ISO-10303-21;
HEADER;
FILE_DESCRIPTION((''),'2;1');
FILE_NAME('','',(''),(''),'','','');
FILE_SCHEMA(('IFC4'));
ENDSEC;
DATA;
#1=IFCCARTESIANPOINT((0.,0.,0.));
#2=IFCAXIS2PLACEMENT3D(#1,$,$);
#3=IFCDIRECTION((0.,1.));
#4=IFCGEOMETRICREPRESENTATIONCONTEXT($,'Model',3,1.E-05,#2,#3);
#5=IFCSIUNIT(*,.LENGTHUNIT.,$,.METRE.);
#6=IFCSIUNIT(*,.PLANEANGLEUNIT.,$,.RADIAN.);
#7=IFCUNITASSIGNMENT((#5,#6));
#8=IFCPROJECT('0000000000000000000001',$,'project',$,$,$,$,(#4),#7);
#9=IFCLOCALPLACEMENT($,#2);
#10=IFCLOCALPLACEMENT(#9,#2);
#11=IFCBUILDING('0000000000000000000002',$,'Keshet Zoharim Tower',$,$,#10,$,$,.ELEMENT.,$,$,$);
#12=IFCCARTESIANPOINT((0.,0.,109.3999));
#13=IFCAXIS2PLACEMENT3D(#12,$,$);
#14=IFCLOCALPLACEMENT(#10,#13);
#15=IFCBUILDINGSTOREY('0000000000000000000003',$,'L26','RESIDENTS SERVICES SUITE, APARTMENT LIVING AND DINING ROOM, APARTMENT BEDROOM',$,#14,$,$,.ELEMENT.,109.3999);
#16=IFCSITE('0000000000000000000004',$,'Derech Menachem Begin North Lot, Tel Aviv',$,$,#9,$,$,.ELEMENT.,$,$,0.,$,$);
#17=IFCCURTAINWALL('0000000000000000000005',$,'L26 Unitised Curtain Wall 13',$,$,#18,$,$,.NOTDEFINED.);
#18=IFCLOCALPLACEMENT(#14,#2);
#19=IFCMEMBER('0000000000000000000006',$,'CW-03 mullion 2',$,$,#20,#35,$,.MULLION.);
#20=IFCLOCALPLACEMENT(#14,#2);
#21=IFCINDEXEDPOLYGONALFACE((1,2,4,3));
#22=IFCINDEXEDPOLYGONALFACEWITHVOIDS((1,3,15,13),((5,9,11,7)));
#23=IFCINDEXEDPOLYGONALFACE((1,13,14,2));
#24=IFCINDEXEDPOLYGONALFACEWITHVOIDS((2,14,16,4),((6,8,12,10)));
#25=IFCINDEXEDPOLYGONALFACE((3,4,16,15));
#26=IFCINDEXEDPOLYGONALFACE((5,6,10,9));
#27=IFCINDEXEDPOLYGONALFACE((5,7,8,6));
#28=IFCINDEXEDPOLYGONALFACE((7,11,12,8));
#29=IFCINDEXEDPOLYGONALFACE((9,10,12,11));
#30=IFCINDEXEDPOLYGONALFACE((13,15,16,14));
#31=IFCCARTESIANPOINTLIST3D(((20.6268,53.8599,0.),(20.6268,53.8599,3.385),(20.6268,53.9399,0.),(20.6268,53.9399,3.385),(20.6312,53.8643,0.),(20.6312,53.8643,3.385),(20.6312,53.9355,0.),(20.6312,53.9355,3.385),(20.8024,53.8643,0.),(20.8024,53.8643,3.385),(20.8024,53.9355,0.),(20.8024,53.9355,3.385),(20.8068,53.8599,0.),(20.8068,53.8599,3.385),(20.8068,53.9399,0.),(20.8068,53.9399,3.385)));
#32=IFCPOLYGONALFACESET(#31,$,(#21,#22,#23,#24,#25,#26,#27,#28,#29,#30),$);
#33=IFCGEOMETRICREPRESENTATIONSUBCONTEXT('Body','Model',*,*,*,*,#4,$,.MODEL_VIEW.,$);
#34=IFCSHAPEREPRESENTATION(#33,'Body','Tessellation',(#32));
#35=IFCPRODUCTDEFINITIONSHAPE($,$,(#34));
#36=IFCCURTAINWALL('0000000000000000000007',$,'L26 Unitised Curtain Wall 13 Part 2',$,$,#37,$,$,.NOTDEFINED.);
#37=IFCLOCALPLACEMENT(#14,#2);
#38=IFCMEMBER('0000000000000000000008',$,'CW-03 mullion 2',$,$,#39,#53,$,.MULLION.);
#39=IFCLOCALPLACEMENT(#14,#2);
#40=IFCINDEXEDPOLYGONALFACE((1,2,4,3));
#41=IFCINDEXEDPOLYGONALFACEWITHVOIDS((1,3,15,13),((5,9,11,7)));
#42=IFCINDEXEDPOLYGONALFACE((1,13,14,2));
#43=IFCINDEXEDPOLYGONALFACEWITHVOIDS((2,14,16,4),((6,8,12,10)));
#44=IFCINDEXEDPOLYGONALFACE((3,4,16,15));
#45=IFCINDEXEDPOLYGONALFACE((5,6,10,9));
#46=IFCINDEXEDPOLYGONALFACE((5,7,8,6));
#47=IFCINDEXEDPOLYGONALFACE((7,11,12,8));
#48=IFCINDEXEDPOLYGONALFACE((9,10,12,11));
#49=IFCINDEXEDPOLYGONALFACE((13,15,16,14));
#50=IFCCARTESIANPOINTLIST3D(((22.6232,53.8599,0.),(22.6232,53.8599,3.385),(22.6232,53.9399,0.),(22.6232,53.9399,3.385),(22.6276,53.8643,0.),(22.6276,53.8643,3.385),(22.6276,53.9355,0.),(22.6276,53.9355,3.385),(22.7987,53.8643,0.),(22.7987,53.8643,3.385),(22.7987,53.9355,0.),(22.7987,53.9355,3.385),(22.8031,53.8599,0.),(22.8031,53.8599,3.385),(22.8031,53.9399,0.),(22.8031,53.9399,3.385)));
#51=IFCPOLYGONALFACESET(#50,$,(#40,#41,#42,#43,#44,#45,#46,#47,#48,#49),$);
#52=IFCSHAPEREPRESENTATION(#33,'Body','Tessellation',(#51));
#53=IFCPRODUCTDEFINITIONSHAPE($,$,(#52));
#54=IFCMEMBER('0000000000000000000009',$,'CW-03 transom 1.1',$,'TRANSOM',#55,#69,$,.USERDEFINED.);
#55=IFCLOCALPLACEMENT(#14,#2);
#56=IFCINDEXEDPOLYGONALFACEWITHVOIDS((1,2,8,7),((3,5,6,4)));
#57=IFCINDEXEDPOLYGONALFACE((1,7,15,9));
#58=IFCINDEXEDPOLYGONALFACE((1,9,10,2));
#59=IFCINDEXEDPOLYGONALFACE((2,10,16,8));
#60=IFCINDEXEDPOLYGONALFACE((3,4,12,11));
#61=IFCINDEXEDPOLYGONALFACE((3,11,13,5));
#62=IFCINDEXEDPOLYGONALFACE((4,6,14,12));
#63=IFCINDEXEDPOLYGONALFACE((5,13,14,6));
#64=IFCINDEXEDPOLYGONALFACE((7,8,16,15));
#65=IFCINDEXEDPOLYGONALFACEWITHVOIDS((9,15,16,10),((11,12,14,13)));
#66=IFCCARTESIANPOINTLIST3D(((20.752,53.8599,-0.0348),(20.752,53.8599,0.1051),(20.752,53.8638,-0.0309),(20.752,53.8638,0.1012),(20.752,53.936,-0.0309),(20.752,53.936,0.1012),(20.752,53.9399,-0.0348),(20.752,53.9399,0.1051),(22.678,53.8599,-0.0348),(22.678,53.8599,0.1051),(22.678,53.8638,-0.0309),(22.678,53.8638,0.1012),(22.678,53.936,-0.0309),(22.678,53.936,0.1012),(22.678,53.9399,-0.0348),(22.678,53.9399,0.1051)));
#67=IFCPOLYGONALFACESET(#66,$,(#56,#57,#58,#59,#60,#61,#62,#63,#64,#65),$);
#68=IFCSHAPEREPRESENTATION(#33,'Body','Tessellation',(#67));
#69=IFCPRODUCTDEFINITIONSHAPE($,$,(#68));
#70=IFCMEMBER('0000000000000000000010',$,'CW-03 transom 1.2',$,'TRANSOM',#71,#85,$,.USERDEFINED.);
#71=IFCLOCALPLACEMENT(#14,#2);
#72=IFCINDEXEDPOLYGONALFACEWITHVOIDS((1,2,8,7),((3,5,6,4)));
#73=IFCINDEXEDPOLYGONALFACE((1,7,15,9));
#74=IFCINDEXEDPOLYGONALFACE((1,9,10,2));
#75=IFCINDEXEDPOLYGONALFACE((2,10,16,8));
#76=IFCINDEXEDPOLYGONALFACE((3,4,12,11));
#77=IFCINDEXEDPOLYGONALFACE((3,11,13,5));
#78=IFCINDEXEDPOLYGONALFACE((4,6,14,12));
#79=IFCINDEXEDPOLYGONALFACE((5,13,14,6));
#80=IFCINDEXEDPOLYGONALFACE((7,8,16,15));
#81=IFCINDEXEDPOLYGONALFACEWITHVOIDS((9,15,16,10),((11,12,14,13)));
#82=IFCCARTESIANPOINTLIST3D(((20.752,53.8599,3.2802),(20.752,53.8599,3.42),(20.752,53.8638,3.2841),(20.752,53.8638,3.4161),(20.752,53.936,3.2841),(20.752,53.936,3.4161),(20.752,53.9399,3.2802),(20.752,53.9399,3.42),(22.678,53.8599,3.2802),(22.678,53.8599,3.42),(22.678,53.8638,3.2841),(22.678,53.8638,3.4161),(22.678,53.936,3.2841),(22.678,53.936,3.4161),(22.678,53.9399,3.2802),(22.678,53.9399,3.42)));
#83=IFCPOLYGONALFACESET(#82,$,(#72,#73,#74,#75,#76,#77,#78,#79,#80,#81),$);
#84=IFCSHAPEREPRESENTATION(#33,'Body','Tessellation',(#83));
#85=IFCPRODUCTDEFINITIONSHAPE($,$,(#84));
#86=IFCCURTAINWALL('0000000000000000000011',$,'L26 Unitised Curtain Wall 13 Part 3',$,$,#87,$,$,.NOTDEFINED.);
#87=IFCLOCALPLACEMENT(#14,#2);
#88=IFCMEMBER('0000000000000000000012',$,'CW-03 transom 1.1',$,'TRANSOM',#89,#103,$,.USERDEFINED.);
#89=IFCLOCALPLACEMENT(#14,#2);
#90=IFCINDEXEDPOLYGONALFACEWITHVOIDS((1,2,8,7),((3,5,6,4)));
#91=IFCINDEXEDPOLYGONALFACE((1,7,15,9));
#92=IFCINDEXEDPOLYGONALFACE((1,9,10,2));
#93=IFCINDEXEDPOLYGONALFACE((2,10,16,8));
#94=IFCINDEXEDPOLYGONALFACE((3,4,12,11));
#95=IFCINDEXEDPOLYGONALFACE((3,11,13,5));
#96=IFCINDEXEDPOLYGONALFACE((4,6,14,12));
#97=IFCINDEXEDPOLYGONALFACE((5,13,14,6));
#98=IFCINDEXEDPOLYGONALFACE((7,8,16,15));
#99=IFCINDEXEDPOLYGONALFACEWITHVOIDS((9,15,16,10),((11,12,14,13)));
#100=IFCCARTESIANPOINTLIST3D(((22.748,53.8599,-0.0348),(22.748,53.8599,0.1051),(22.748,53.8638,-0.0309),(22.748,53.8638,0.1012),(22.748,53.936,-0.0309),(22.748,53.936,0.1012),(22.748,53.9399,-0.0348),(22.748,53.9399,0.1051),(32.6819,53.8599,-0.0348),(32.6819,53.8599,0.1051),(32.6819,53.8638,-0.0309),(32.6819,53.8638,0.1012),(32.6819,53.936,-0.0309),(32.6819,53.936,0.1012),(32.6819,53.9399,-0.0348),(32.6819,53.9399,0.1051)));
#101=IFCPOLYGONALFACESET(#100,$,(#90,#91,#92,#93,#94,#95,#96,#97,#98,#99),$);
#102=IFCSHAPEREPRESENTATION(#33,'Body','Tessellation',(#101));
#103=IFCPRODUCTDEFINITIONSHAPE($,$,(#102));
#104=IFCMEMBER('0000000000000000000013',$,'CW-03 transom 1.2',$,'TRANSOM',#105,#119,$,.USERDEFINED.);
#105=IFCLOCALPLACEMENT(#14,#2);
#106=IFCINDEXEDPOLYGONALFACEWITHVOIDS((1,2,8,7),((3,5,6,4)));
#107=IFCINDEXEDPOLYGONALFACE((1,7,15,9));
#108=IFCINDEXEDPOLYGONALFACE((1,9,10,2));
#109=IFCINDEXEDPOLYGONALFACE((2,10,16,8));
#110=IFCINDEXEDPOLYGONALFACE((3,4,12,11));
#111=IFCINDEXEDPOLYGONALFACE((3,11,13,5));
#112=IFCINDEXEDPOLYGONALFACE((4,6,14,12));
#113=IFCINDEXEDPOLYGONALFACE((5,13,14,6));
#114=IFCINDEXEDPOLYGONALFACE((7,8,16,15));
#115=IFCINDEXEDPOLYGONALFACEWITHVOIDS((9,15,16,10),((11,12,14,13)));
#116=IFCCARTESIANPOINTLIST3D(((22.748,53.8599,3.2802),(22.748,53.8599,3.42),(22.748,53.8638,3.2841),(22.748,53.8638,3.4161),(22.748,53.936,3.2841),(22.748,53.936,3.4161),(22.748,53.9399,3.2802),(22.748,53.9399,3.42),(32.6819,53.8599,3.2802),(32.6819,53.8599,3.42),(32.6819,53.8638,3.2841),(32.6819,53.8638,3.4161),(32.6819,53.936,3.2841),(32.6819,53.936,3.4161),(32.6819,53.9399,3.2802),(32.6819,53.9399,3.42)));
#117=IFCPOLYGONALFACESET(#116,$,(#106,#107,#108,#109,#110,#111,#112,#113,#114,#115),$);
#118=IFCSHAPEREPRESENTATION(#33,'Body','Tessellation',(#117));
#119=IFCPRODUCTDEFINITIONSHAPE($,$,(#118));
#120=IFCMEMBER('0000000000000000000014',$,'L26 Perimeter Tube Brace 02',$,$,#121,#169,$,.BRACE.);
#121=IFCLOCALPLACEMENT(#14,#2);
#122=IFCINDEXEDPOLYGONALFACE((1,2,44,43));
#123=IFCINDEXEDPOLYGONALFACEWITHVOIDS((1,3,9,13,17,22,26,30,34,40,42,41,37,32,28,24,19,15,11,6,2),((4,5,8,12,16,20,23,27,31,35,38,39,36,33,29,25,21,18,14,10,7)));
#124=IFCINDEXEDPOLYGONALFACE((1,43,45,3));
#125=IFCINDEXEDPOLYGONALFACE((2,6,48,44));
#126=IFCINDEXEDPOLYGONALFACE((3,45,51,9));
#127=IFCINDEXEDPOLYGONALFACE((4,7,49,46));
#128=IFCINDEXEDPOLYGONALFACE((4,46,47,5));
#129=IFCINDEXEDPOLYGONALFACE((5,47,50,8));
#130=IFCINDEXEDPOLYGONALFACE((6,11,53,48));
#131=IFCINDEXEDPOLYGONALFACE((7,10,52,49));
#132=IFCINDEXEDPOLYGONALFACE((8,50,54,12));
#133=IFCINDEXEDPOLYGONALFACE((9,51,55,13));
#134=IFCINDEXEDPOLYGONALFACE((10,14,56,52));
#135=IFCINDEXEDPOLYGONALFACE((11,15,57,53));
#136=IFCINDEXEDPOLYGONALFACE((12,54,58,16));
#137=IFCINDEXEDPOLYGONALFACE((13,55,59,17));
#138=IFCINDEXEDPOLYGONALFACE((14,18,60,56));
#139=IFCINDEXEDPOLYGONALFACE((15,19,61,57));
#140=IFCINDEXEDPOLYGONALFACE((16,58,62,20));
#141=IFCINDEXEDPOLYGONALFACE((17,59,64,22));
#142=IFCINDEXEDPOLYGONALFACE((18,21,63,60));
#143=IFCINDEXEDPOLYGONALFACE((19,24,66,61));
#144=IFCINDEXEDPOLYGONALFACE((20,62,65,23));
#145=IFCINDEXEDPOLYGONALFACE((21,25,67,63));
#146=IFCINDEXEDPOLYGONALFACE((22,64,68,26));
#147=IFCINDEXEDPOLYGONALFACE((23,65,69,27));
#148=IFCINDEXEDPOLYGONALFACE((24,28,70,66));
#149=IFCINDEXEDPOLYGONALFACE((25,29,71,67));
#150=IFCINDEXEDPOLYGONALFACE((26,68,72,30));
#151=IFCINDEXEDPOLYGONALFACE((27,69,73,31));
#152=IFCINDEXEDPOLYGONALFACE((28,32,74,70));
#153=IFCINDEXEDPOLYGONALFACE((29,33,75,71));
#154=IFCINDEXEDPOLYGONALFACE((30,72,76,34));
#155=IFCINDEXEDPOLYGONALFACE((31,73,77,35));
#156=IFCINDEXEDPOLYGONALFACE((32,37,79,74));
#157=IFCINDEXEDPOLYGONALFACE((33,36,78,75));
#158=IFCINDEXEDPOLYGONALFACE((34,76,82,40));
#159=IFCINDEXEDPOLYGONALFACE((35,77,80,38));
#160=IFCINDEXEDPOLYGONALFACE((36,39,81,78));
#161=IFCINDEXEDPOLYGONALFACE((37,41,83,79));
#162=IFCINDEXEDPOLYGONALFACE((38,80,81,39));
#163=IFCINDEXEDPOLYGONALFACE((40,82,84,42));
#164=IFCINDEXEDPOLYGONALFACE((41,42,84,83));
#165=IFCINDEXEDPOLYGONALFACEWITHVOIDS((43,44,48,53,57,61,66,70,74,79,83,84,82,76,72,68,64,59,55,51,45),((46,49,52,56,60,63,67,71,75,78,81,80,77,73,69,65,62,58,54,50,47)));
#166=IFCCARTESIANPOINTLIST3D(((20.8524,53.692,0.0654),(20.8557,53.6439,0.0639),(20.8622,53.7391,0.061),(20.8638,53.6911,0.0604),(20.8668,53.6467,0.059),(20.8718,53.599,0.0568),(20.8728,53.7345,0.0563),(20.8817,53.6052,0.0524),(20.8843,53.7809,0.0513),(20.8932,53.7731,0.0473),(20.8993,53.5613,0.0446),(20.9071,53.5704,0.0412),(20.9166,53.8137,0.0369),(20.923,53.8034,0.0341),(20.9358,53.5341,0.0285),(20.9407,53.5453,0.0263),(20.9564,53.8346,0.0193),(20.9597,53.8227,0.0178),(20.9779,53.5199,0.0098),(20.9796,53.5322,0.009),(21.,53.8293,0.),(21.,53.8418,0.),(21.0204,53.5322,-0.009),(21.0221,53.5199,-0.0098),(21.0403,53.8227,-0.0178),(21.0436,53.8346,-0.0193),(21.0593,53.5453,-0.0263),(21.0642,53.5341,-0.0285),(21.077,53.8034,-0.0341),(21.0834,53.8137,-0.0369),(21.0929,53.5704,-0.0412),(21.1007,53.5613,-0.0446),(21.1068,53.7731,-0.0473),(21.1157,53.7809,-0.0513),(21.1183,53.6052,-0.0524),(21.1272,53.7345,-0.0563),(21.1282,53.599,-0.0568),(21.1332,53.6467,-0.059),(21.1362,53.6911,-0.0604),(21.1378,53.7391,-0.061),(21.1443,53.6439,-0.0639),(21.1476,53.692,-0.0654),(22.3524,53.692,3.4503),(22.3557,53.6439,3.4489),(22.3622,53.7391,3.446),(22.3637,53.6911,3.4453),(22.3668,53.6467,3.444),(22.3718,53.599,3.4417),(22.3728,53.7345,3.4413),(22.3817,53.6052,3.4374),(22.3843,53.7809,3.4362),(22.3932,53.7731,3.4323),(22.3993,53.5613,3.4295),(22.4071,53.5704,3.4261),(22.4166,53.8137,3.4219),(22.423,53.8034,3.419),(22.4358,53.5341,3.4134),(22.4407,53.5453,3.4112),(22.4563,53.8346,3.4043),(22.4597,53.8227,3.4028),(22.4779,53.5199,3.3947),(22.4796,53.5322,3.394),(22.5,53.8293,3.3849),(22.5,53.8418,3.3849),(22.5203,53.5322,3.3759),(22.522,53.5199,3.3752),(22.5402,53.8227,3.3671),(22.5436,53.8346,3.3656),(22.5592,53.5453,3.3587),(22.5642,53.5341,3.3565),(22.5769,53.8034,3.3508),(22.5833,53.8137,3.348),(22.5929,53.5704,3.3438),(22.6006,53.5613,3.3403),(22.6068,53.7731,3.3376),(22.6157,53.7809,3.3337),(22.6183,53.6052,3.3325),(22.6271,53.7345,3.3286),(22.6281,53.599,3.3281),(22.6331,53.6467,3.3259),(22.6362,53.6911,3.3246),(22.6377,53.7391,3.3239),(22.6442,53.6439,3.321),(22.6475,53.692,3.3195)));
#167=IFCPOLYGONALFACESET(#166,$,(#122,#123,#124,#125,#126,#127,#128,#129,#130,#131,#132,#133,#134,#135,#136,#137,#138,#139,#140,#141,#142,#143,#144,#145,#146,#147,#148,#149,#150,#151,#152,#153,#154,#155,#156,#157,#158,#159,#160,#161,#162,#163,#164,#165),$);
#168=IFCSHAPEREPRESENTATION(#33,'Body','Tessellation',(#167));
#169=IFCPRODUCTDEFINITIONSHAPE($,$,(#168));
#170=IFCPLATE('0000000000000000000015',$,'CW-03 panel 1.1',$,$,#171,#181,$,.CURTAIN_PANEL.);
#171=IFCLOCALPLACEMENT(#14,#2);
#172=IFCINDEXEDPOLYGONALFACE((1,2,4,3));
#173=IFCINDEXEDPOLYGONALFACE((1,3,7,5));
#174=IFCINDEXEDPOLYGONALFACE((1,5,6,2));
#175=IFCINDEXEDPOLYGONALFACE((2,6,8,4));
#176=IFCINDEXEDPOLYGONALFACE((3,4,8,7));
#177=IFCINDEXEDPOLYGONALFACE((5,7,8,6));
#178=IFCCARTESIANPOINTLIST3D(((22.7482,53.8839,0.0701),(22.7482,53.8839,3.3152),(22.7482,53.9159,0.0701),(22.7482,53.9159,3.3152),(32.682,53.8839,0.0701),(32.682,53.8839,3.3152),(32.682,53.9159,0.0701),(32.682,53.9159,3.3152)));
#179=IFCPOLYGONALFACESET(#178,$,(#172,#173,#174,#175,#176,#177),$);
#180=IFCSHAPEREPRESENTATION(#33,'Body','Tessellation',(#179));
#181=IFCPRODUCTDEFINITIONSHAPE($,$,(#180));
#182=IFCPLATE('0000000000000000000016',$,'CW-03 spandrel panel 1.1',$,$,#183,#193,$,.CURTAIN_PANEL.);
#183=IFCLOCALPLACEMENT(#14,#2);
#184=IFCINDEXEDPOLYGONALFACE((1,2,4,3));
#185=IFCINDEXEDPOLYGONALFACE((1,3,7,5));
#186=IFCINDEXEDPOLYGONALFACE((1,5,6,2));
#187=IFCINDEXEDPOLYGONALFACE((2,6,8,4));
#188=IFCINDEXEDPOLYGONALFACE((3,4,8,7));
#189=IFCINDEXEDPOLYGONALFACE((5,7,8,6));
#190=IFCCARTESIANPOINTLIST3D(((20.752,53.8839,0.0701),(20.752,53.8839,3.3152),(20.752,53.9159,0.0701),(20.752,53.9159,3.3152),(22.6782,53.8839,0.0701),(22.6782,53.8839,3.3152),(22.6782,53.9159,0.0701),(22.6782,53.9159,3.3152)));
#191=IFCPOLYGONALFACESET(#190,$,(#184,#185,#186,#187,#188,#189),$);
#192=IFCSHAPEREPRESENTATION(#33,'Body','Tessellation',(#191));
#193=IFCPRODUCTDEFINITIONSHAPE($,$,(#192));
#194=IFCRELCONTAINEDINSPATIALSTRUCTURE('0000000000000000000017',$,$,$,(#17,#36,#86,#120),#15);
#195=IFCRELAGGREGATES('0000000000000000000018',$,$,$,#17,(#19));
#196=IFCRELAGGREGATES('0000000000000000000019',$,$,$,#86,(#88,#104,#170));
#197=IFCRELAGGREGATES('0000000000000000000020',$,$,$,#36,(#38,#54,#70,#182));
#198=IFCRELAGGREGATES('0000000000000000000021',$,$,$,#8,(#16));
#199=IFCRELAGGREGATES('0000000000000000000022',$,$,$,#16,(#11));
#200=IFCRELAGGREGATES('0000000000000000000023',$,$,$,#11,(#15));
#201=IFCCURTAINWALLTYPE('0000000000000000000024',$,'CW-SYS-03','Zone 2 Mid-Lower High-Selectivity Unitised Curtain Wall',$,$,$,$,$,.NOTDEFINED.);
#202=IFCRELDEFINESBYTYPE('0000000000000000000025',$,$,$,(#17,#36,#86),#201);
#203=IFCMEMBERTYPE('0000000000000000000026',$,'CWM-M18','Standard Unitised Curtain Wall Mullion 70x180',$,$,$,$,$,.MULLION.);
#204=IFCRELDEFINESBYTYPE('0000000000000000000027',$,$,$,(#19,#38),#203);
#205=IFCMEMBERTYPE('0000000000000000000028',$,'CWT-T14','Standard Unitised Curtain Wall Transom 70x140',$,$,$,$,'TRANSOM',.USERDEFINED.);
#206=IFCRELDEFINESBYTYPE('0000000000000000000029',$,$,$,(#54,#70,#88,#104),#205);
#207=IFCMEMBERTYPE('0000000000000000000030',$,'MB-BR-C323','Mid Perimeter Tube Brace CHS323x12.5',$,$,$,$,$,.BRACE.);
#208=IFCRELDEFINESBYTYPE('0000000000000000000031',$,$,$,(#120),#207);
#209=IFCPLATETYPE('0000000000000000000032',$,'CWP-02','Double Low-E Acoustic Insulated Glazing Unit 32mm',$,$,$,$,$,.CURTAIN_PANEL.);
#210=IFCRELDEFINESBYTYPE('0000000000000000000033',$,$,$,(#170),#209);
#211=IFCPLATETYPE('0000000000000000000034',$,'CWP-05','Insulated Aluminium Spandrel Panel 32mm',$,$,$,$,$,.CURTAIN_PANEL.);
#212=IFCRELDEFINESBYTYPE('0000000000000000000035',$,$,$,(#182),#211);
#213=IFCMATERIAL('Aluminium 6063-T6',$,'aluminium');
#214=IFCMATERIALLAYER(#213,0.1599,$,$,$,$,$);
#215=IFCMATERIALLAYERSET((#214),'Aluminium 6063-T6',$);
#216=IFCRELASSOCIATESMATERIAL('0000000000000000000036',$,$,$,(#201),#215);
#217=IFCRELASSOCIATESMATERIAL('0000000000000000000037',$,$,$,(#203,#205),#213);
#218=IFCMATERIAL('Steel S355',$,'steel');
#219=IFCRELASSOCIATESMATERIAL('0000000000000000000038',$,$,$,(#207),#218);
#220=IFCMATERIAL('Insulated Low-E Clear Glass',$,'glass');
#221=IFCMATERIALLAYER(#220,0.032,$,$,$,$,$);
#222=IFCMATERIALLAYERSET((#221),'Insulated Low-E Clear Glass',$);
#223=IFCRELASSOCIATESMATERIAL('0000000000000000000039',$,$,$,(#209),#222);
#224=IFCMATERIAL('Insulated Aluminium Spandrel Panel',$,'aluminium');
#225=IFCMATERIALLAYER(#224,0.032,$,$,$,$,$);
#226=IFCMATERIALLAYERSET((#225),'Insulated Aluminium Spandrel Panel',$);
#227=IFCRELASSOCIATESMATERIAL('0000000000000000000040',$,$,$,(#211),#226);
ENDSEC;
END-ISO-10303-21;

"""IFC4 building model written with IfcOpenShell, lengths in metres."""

from ifc_helpers import new_model, si_unit, direction, frame, origin, origin_2d, place, context, subcontext, project, spatial, rectangle, hollow_rectangle, hollow_circle, extrude, material, layer, layer_set, material_profile, profile_set, type_object, element, aggregate, save


model = new_model("IFC4")

# Units and contexts
model_context = context("Model", 3, precision=1e-05, world=origin(), true_north=direction((0.0, 1.0)))
body_context = subcontext(model_context, "Body", "Model", "MODEL_VIEW")
ifc_project = project(units=[si_unit("LENGTHUNIT", "METRE"), si_unit("PLANEANGLEUNIT", "RADIAN")], contexts=[model_context])

# Site, building, storey
site_placement = place(None, origin())
site = spatial("IfcSite", under=ifc_project, at=site_placement, Name="Derech Menachem Begin North Lot, Tel Aviv", CompositionType="ELEMENT", RefElevation=0.0)
building_placement = place(site_placement, origin())
building = spatial("IfcBuilding", under=site, at=building_placement, Name="Keshet Zoharim Tower", CompositionType="ELEMENT")
storey_placement = place(building_placement, frame((0.0, 0.0, 109.3999)))
storey = spatial("IfcBuildingStorey", under=building, at=storey_placement, Name="L26", Description="RESIDENTS SERVICES SUITE, APARTMENT LIVING AND DINING ROOM, APARTMENT BEDROOM", CompositionType="ELEMENT", Elevation=109.3999)

# Shared definitions
ifc_material_1 = material(Name="Steel S355", Category="steel")

# Curtain wall, member
ifc_material_2 = material(Name="Aluminium 6063-T6", Category="aluminium")
ifc_layer_1 = layer(ifc_material_2, 0.1599)
ifc_layer_set_1 = layer_set([ifc_layer_1], Name="Aluminium 6063-T6")
curtain_wall_type = type_object("IfcCurtainWallType", Name="CW-SYS-03", Description="Zone 2 Mid-Lower High-Selectivity Unitised Curtain Wall", PredefinedType="NOTDEFINED", material=ifc_layer_set_1)
curtain_wall_1_placement = place(storey_placement, origin())
curtain_wall_1 = element("IfcCurtainWall", 1, at=curtain_wall_1_placement, inside=storey, type_object=curtain_wall_type, Name="L26 Unitised Curtain Wall 13", PredefinedType="NOTDEFINED")
ifc_material_profile_1 = material_profile(ifc_material_2, hollow_rectangle(XDim=0.0801, YDim=0.1799, WallThickness=0.0044, at=origin_2d()), Name="MUL-80x180")
ifc_profile_set_1 = profile_set([ifc_material_profile_1], Name="Aluminium 6063-T6")
member_type_1 = type_object("IfcMemberType", Name="CWM-M18", Description="Standard Unitised Curtain Wall Mullion 70x180", PredefinedType="MULLION", material=ifc_profile_set_1)
member_1_placement = place(storey_placement, frame((20.7168, 53.8999, 0.0), z_axis=(0.0, 0.0, 1.0), x_axis=(0.0, 1.0, 0.0)))
member_1 = element("IfcMember", 2, at=member_1_placement, type_object=member_type_1, Name="CW-03 mullion 2", PredefinedType="MULLION", context=body_context, shape_type="SweptSolid", body=[
    extrude(hollow_rectangle(XDim=0.0801, YDim=0.1799, WallThickness=0.0044, at=origin_2d()), origin(), (0.0, 0.0, 1.0), 3.385),
])
aggregate(curtain_wall_1, [member_1])

# Curtain walls, members
curtain_wall_2_placement = place(storey_placement, origin())
curtain_wall_2 = element("IfcCurtainWall", 3, at=curtain_wall_2_placement, inside=storey, type_object=curtain_wall_type, Name="L26 Unitised Curtain Wall 13 Part 2", PredefinedType="NOTDEFINED")
member_2_placement = place(storey_placement, frame((22.7131, 53.8999, 0.0), z_axis=(0.0, 0.0, 1.0), x_axis=(0.0, 1.0, 0.0)))
member_2 = element("IfcMember", 4, at=member_2_placement, type_object=member_type_1, Name="CW-03 mullion 2", PredefinedType="MULLION", context=body_context, shape_type="SweptSolid", body=[
    extrude(hollow_rectangle(XDim=0.0801, YDim=0.1799, WallThickness=0.0044, at=origin_2d()), origin(), (0.0, 0.0, 1.0), 3.385),
])
ifc_material_profile_2 = material_profile(ifc_material_2, hollow_rectangle(XDim=0.0801, YDim=0.1399, WallThickness=0.0039, at=origin_2d()), Name="TRN-80x140")
ifc_profile_set_2 = profile_set([ifc_material_profile_2], Name="Aluminium 6063-T6")
member_type_2 = type_object("IfcMemberType", Name="CWT-T14", Description="Standard Unitised Curtain Wall Transom 70x140", ElementType="TRANSOM", PredefinedType="USERDEFINED", material=ifc_profile_set_2)
member_3_placement = place(storey_placement, frame((20.752, 53.8999, 0.0352), z_axis=(1.0, 0.0, 0.0), x_axis=(0.0, 1.0, 0.0)))
member_3 = element("IfcMember", 5, at=member_3_placement, type_object=member_type_2, Name="CW-03 transom 1.1", ObjectType="TRANSOM", PredefinedType="USERDEFINED", context=body_context, shape_type="SweptSolid", body=[
    extrude(hollow_rectangle(XDim=0.0801, YDim=0.1399, WallThickness=0.0039, at=origin_2d()), origin(), (0.0, 0.0, 1.0), 1.926),
])
member_4_placement = place(storey_placement, frame((20.752, 53.8999, 3.3501), z_axis=(1.0, 0.0, 0.0), x_axis=(0.0, 1.0, 0.0)))
member_4 = element("IfcMember", 6, at=member_4_placement, type_object=member_type_2, Name="CW-03 transom 1.2", ObjectType="TRANSOM", PredefinedType="USERDEFINED", context=body_context, shape_type="SweptSolid", body=[
    extrude(hollow_rectangle(XDim=0.0801, YDim=0.1399, WallThickness=0.0039, at=origin_2d()), origin(), (0.0, 0.0, 1.0), 1.926),
])
curtain_wall_3_placement = place(storey_placement, origin())
curtain_wall_3 = element("IfcCurtainWall", 7, at=curtain_wall_3_placement, inside=storey, type_object=curtain_wall_type, Name="L26 Unitised Curtain Wall 13 Part 3", PredefinedType="NOTDEFINED")
member_5_placement = place(storey_placement, frame((22.748, 53.8999, 0.0352), z_axis=(1.0, 0.0, 0.0), x_axis=(0.0, 1.0, 0.0)))
member_5 = element("IfcMember", 8, at=member_5_placement, type_object=member_type_2, Name="CW-03 transom 1.1", ObjectType="TRANSOM", PredefinedType="USERDEFINED", context=body_context, shape_type="SweptSolid", body=[
    extrude(hollow_rectangle(XDim=0.0801, YDim=0.1399, WallThickness=0.0039, at=origin_2d()), origin(), (0.0, 0.0, 1.0), 9.9338),
])
member_6_placement = place(storey_placement, frame((22.748, 53.8999, 3.3501), z_axis=(1.0, 0.0, 0.0), x_axis=(0.0, 1.0, 0.0)))
member_6 = element("IfcMember", 9, at=member_6_placement, type_object=member_type_2, Name="CW-03 transom 1.2", ObjectType="TRANSOM", PredefinedType="USERDEFINED", context=body_context, shape_type="SweptSolid", body=[
    extrude(hollow_rectangle(XDim=0.0801, YDim=0.1399, WallThickness=0.0039, at=origin_2d()), origin(), (0.0, 0.0, 1.0), 9.9338),
])

# Member
ifc_material_profile_3 = material_profile(ifc_material_1, hollow_circle(Radius=0.1619, WallThickness=0.0125, at=origin_2d()), Name="CHS323x12.5")
ifc_profile_set_3 = profile_set([ifc_material_profile_3], Name="Steel S355")
member_type_3 = type_object("IfcMemberType", Name="MB-BR-C323", Description="Mid Perimeter Tube Brace CHS323x12.5", PredefinedType="BRACE", material=ifc_profile_set_3)
member_7_placement = place(storey_placement, frame((21.0, 53.6799, 0.0), z_axis=(0.405135, 0.0, 0.914257), x_axis=(0.0, 1.0, 0.0)))
element("IfcMember", 10, at=member_7_placement, inside=storey, type_object=member_type_3, Name="L26 Perimeter Tube Brace 02", PredefinedType="BRACE", context=body_context, shape_type="SweptSolid", body=[
    extrude(hollow_circle(Radius=0.1619, WallThickness=0.0125, at=origin_2d()), origin(), (0.0, 0.0, 1.0), 3.7024),
])

# Plates
ifc_material_3 = material(Name="Insulated Low-E Clear Glass", Category="glass")
ifc_layer_2 = layer(ifc_material_3, 0.032)
ifc_layer_set_2 = layer_set([ifc_layer_2], Name="Insulated Low-E Clear Glass")
plate_type_1 = type_object("IfcPlateType", Name="CWP-02", Description="Double Low-E Acoustic Insulated Glazing Unit 32mm", PredefinedType="CURTAIN_PANEL", material=ifc_layer_set_2)
plate_1_placement = place(storey_placement, frame((27.7151, 53.8999, 0.0701), z_axis=(0.0, 0.0, 1.0), x_axis=(1.0, 0.0, 0.0)))
plate_1 = element("IfcPlate", 11, at=plate_1_placement, type_object=plate_type_1, Name="CW-03 panel 1.1", PredefinedType="CURTAIN_PANEL", context=body_context, shape_type="SweptSolid", body=[
    extrude(rectangle(XDim=9.9338, YDim=0.032, at=origin_2d()), origin(), (0.0, 0.0, 1.0), 3.2451),
])
aggregate(curtain_wall_3, [member_5, member_6, plate_1])
ifc_material_4 = material(Name="Insulated Aluminium Spandrel Panel", Category="aluminium")
ifc_layer_3 = layer(ifc_material_4, 0.032)
ifc_layer_set_3 = layer_set([ifc_layer_3], Name="Insulated Aluminium Spandrel Panel")
plate_type_2 = type_object("IfcPlateType", Name="CWP-05", Description="Insulated Aluminium Spandrel Panel 32mm", PredefinedType="CURTAIN_PANEL", material=ifc_layer_set_3)
plate_2_placement = place(storey_placement, frame((21.7151, 53.8999, 0.0701), z_axis=(0.0, 0.0, 1.0), x_axis=(1.0, 0.0, 0.0)))
plate_2 = element("IfcPlate", 12, at=plate_2_placement, type_object=plate_type_2, Name="CW-03 spandrel panel 1.1", PredefinedType="CURTAIN_PANEL", context=body_context, shape_type="SweptSolid", body=[
    extrude(rectangle(XDim=1.9263, YDim=0.032, at=origin_2d()), origin(), (0.0, 0.0, 1.0), 3.2451),
])
aggregate(curtain_wall_2, [member_2, member_3, member_4, plate_2])

save(model, "model.ifc")
